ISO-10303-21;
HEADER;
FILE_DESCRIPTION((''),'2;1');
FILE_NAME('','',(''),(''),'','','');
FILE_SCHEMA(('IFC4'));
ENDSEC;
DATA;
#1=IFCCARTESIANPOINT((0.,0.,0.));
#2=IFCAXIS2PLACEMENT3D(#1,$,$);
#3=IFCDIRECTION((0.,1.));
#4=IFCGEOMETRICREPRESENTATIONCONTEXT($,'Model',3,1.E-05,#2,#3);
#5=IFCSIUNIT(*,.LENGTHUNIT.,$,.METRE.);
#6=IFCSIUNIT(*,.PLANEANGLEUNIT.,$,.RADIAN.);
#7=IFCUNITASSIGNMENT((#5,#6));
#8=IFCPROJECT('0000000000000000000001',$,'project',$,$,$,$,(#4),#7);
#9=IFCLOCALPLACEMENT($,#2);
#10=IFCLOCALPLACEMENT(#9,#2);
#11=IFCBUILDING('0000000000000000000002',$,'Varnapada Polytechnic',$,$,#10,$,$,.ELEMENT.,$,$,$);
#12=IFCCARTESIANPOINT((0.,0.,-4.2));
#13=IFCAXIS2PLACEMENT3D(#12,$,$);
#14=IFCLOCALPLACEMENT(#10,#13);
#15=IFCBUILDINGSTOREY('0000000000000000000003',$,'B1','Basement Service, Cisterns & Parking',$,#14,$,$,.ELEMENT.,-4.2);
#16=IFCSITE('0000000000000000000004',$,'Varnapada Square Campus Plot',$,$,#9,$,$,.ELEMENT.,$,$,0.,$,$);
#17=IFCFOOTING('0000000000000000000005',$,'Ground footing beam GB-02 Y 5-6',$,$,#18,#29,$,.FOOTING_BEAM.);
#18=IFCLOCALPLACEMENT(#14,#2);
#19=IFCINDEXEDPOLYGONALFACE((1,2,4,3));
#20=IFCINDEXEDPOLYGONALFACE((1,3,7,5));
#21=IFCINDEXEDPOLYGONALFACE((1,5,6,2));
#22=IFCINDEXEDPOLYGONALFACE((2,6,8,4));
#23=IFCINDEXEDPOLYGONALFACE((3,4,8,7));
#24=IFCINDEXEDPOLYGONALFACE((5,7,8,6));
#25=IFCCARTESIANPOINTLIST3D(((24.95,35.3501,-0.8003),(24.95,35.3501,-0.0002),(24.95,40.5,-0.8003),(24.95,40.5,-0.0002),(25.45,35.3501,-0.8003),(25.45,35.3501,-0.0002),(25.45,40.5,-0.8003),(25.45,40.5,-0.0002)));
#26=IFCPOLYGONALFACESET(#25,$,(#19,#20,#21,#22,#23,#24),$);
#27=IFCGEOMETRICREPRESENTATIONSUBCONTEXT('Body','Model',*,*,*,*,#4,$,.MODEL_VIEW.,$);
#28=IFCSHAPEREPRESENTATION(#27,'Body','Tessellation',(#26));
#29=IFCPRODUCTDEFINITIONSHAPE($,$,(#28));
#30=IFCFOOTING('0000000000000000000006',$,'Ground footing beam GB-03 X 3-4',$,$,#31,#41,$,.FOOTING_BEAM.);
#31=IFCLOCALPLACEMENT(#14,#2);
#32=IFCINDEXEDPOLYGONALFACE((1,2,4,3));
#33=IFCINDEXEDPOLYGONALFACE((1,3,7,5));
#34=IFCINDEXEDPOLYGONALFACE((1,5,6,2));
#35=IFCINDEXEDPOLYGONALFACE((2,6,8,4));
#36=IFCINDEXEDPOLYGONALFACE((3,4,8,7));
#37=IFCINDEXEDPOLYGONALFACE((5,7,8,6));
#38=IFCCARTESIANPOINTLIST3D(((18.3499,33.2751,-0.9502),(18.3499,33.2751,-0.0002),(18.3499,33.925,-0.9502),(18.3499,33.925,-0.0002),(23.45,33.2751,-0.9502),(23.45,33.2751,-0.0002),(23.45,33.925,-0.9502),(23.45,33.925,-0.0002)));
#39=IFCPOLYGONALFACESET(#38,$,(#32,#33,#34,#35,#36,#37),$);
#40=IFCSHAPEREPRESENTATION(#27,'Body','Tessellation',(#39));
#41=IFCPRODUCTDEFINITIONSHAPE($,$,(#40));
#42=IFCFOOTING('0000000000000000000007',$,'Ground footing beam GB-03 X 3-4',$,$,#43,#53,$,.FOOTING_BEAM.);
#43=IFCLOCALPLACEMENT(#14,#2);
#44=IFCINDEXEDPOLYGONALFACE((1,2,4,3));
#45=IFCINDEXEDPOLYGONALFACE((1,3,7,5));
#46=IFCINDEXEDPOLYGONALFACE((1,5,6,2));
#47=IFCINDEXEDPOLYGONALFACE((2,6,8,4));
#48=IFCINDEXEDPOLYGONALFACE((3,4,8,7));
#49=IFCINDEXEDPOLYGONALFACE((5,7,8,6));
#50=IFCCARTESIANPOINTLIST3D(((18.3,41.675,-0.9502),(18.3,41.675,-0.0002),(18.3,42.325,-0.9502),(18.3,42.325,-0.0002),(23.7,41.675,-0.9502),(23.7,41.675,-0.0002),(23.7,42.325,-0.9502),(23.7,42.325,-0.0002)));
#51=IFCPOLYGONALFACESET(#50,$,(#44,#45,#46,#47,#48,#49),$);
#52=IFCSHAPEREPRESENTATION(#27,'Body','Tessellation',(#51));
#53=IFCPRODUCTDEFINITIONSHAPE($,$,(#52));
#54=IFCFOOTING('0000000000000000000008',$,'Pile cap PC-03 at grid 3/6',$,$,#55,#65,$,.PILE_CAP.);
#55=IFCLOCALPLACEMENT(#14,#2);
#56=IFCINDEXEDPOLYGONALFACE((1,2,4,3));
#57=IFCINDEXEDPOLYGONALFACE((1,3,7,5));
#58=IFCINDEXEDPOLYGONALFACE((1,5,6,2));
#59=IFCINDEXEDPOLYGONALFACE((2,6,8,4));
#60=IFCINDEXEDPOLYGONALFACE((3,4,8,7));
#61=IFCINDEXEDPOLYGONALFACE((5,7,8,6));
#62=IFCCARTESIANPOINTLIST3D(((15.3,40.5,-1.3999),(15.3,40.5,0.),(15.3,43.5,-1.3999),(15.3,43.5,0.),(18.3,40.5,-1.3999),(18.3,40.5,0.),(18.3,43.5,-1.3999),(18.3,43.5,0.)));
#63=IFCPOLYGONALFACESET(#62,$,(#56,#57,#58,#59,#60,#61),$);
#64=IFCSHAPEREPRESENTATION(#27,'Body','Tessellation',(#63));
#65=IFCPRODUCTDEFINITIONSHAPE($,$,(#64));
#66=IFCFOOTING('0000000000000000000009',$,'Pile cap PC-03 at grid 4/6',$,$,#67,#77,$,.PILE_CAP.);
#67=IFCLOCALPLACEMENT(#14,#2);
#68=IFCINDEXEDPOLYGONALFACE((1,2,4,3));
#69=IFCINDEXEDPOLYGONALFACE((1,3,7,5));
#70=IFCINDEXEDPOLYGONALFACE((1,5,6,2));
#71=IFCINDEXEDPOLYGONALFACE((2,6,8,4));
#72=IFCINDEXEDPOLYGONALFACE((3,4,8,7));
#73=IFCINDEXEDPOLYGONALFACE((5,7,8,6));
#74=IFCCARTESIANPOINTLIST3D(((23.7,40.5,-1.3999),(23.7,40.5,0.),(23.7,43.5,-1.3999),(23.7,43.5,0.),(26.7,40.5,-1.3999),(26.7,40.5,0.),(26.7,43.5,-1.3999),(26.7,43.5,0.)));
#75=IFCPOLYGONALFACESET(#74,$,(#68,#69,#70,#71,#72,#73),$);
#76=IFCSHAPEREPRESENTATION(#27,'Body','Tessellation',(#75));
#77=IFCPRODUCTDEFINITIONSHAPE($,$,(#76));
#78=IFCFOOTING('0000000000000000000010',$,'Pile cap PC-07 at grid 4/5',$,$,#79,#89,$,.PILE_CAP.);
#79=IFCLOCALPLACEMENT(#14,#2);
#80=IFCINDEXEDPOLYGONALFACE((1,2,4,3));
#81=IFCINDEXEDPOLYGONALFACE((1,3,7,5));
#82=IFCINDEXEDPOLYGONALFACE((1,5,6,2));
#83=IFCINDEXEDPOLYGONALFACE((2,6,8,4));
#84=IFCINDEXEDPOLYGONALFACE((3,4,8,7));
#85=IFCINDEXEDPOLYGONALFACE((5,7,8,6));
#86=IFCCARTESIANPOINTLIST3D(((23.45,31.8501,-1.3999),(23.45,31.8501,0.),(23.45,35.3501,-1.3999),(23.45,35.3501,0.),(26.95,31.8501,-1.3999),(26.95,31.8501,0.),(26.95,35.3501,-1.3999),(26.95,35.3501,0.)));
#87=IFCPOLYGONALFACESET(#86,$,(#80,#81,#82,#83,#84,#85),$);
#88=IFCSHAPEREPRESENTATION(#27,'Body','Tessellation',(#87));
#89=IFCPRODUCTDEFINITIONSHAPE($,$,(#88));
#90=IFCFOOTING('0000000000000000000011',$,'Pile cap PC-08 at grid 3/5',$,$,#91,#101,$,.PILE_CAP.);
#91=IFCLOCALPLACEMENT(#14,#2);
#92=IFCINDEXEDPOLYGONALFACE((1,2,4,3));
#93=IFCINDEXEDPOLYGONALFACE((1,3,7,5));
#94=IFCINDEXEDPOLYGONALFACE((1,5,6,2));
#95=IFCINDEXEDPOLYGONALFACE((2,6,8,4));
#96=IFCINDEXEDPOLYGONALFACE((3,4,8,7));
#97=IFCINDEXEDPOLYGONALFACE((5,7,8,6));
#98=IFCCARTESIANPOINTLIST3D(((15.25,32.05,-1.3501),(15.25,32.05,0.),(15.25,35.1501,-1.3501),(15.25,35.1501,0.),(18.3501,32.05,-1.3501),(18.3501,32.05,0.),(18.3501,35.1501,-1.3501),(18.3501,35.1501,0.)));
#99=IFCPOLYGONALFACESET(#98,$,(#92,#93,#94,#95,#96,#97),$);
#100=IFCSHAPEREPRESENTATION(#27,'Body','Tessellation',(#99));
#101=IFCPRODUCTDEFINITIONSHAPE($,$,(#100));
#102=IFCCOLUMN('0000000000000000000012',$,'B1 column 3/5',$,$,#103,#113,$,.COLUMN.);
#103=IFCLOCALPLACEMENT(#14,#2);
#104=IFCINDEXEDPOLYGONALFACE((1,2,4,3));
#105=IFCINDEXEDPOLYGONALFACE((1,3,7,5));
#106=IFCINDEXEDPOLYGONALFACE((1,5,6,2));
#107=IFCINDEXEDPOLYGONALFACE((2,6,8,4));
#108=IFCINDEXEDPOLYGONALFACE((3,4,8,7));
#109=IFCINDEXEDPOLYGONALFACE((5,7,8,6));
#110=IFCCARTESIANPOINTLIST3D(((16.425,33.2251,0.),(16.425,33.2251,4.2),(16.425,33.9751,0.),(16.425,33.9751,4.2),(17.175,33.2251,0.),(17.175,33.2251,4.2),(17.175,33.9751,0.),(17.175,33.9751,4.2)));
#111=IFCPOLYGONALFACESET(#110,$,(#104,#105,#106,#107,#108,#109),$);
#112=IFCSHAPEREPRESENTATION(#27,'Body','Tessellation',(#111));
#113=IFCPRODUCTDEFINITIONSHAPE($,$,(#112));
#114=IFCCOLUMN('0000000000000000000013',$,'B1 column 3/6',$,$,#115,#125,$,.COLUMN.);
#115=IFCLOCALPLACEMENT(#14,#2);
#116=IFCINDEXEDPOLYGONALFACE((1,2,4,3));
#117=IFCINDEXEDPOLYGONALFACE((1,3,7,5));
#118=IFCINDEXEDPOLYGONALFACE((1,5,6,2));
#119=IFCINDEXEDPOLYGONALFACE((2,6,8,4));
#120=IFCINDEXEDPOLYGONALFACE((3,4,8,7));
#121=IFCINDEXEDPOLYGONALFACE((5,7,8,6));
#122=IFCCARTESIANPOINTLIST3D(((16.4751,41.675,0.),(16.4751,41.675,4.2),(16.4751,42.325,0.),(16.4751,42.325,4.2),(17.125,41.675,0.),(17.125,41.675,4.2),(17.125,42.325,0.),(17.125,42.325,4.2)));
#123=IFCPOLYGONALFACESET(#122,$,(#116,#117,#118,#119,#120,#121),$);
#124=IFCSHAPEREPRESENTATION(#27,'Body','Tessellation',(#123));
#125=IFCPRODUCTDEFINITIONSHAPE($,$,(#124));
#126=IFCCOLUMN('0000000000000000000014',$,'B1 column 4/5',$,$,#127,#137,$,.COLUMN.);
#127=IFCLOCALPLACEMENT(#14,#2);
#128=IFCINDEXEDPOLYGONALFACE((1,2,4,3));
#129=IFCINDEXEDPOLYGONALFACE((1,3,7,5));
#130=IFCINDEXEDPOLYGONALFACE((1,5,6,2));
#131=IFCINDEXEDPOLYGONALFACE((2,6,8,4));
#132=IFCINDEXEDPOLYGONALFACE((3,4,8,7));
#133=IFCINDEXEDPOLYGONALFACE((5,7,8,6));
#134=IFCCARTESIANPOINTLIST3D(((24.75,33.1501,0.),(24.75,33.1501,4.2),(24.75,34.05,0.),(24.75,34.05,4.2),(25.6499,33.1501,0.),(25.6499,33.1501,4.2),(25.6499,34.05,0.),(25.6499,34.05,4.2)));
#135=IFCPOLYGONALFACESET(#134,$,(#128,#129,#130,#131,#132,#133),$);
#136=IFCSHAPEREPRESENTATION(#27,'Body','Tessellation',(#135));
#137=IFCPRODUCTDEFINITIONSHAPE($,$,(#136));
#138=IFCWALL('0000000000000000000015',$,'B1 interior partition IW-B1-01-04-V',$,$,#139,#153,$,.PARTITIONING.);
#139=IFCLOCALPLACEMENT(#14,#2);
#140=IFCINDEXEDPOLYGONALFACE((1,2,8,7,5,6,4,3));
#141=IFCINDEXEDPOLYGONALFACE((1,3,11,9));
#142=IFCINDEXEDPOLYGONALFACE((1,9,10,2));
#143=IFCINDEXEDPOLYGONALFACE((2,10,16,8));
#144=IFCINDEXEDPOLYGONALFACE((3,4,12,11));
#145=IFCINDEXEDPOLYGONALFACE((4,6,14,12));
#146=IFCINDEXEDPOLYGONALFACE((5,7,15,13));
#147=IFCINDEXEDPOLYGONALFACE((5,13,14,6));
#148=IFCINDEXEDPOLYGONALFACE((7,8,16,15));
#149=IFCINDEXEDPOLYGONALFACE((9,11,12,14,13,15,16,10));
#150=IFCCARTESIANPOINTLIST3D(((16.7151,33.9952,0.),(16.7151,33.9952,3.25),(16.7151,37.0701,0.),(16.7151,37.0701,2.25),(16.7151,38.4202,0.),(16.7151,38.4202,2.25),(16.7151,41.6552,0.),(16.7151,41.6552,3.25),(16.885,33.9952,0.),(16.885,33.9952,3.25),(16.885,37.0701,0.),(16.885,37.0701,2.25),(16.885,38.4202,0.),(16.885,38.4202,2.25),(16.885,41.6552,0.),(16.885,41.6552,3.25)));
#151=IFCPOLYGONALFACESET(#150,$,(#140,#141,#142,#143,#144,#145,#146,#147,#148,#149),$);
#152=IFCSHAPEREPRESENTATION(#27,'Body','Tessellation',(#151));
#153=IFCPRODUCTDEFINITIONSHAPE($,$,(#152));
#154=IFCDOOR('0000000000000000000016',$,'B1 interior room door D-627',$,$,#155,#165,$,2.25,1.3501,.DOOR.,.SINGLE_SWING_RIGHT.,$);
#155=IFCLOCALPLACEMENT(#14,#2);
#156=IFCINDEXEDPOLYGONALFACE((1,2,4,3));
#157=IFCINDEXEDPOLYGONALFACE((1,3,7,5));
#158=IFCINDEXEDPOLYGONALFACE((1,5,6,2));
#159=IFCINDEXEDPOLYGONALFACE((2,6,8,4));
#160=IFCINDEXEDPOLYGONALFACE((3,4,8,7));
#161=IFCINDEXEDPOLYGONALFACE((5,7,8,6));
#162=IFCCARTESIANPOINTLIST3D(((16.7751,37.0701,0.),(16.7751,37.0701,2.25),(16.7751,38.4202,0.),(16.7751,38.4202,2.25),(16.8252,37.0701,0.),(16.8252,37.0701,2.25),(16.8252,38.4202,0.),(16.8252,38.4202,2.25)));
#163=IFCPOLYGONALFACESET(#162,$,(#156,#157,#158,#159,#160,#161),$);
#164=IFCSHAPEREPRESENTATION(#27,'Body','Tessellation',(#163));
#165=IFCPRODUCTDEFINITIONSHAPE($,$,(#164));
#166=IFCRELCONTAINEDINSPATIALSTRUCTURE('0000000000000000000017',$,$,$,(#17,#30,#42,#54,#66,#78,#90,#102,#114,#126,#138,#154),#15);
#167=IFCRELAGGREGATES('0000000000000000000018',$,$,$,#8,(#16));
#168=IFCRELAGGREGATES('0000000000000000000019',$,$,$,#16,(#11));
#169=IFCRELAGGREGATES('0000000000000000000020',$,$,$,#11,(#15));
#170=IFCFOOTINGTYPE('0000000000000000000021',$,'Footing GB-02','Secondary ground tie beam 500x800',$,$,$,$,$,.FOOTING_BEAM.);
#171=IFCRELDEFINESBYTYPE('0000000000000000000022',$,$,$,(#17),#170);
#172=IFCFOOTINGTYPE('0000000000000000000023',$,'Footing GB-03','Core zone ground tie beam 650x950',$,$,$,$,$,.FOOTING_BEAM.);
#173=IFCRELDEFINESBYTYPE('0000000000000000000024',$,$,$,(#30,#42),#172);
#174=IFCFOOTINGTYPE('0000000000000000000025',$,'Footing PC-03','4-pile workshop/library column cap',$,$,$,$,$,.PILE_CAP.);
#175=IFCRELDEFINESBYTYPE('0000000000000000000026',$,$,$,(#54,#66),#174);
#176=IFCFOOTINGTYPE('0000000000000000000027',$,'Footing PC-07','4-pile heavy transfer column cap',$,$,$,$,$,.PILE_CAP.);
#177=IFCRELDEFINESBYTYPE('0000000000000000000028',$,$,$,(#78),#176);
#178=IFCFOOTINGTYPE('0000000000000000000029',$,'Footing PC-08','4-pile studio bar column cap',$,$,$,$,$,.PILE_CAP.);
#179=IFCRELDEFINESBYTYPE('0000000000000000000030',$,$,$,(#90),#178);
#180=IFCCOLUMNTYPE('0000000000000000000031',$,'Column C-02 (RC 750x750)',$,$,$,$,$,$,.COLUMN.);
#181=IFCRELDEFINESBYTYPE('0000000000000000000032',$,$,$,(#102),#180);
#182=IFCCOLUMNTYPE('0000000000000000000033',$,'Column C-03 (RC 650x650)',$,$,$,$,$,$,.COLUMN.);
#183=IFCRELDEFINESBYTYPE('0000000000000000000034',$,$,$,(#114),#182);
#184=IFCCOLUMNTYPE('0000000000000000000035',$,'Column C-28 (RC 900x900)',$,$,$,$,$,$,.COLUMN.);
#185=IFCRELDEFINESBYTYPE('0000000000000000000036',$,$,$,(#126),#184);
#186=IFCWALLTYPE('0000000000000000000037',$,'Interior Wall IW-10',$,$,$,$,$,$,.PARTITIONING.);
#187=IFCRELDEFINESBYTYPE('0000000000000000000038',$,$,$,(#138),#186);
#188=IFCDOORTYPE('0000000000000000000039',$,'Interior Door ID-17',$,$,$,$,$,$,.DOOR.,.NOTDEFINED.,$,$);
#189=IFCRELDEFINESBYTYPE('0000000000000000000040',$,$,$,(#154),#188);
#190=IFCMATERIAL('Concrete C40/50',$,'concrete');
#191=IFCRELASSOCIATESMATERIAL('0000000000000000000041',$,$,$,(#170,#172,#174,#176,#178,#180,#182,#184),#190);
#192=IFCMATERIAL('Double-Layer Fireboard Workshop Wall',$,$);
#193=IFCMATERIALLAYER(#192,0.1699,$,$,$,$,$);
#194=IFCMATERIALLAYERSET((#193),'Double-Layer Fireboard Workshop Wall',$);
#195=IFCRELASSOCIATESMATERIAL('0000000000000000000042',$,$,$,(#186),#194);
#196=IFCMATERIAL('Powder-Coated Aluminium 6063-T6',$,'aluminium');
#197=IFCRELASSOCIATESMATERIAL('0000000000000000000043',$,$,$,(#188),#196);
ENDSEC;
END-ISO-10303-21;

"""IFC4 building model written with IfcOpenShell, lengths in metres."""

from ifc_helpers import new_model, si_unit, direction, frame, frame_2d, origin, origin_2d, place, context, subcontext, project, spatial, rectangle, extrude, material, layer, layer_set, material_profile, profile_set, type_object, element, fill, save


model = new_model("IFC4")

# Units and contexts
model_context = context("Model", 3, precision=1e-05, world=origin(), true_north=direction((0.0, 1.0)))
body_context = subcontext(model_context, "Body", "Model", "MODEL_VIEW")
ifc_project = project(units=[si_unit("LENGTHUNIT", "METRE"), si_unit("PLANEANGLEUNIT", "RADIAN")], contexts=[model_context])

# Site, building, storey
site_placement = place(None, origin())
site = spatial("IfcSite", under=ifc_project, at=site_placement, Name="Varnapada Square Campus Plot", CompositionType="ELEMENT", RefElevation=0.0)
building_placement = place(site_placement, origin())
building = spatial("IfcBuilding", under=site, at=building_placement, Name="Varnapada Polytechnic", CompositionType="ELEMENT")
storey_placement = place(building_placement, frame((0.0, 0.0, -4.2)))
storey = spatial("IfcBuildingStorey", under=building, at=storey_placement, Name="B1", Description="Basement Service, Cisterns & Parking", CompositionType="ELEMENT", Elevation=-4.2)

# Shared definitions
ifc_material_1 = material(Name="Concrete C40/50", Category="concrete")

# Footings
footing_type_1 = type_object("IfcFootingType", Name="Footing GB-02", Description="Secondary ground tie beam 500x800", PredefinedType="FOOTING_BEAM", material=ifc_material_1)
footing_1_placement = place(storey_placement, frame((25.2, 37.925, -0.8003), z_axis=(0.0, 0.0, 1.0), x_axis=(0.0, 1.0, 0.0)))
element("IfcFooting", 1, at=footing_1_placement, inside=storey, type_object=footing_type_1, Name="Ground footing beam GB-02 Y 5-6", PredefinedType="FOOTING_BEAM", context=body_context, shape_type="SweptSolid", body=[
    extrude(rectangle(XDim=5.1499, YDim=0.5, at=origin_2d()), origin(), (0.0, 0.0, 1.0), 0.8),
])
footing_type_2 = type_object("IfcFootingType", Name="Footing GB-03", Description="Core zone ground tie beam 650x950", PredefinedType="FOOTING_BEAM", material=ifc_material_1)
footing_2_placement = place(storey_placement, frame((20.8999, 33.6001, -0.9502), z_axis=(0.0, 0.0, 1.0), x_axis=(1.0, 0.0, 0.0)))
element("IfcFooting", 2, at=footing_2_placement, inside=storey, type_object=footing_type_2, Name="Ground footing beam GB-03 X 3-4", PredefinedType="FOOTING_BEAM", context=body_context, shape_type="SweptSolid", body=[
    extrude(rectangle(XDim=5.1001, YDim=0.6499, at=origin_2d()), origin(), (0.0, 0.0, 1.0), 0.95),
])
footing_3_placement = place(storey_placement, frame((21.0, 42.0, -0.9502), z_axis=(0.0, 0.0, 1.0), x_axis=(1.0, 0.0, 0.0)))
element("IfcFooting", 3, at=footing_3_placement, inside=storey, type_object=footing_type_2, Name="Ground footing beam GB-03 X 3-4", PredefinedType="FOOTING_BEAM", context=body_context, shape_type="SweptSolid", body=[
    extrude(rectangle(XDim=5.3999, YDim=0.6499, at=origin_2d()), origin(), (0.0, 0.0, 1.0), 0.95),
])
footing_type_3 = type_object("IfcFootingType", Name="Footing PC-03", Description="4-pile workshop/library column cap", PredefinedType="PILE_CAP", material=ifc_material_1)
for number, where, z_axis, x_axis, name in (
    (4, (16.8, 42.0, -1.3999), (0.0, 0.0, 1.0), (1.0, 0.0, 0.0), "Pile cap PC-03 at grid 3/6"),
    (5, (25.2, 42.0, -1.3999), (0.0, 0.0, 1.0), (1.0, 0.0, 0.0), "Pile cap PC-03 at grid 4/6"),
):
    element("IfcFooting", number, at=place(storey_placement, frame(where, z_axis=z_axis, x_axis=x_axis)), inside=storey, type_object=footing_type_3, Name=name, PredefinedType="PILE_CAP", context=body_context, shape_type="SweptSolid", body=[
        extrude(rectangle(XDim=3.0, YDim=3.0, at=origin_2d()), origin(), (0.0, 0.0, 1.0), 1.3999),
    ])
footing_type_4 = type_object("IfcFootingType", Name="Footing PC-07", Description="4-pile heavy transfer column cap", PredefinedType="PILE_CAP", material=ifc_material_1)
footing_4_placement = place(storey_placement, frame((25.2, 33.6001, -1.3999), z_axis=(0.0, 0.0, 1.0), x_axis=(1.0, 0.0, 0.0)))
element("IfcFooting", 6, at=footing_4_placement, inside=storey, type_object=footing_type_4, Name="Pile cap PC-07 at grid 4/5", PredefinedType="PILE_CAP", context=body_context, shape_type="SweptSolid", body=[
    extrude(rectangle(XDim=3.5, YDim=3.5, at=origin_2d()), origin(), (0.0, 0.0, 1.0), 1.3999),
])
footing_type_5 = type_object("IfcFootingType", Name="Footing PC-08", Description="4-pile studio bar column cap", PredefinedType="PILE_CAP", material=ifc_material_1)
footing_5_placement = place(storey_placement, frame((16.8, 33.6001, -1.3501), z_axis=(0.0, 0.0, 1.0), x_axis=(1.0, 0.0, 0.0)))
element("IfcFooting", 7, at=footing_5_placement, inside=storey, type_object=footing_type_5, Name="Pile cap PC-08 at grid 3/5", PredefinedType="PILE_CAP", context=body_context, shape_type="SweptSolid", body=[
    extrude(rectangle(XDim=3.1001, YDim=3.1001, at=origin_2d()), origin(), (0.0, 0.0, 1.0), 1.3501),
])

# Columns
ifc_material_profile_1 = material_profile(ifc_material_1, rectangle(XDim=0.75, YDim=0.75, at=origin_2d()), Name="RC 750x750")
ifc_profile_set_1 = profile_set([ifc_material_profile_1], Name="Concrete C40/50")
column_type_1 = type_object("IfcColumnType", Name="Column C-02 (RC 750x750)", PredefinedType="COLUMN", material=ifc_profile_set_1)
column_1_placement = place(storey_placement, frame((16.8, 33.6001, 0.0), z_axis=(0.0, 0.0, 1.0), x_axis=(1.0, 0.0, 0.0)))
element("IfcColumn", 8, at=column_1_placement, inside=storey, type_object=column_type_1, Name="B1 column 3/5", PredefinedType="COLUMN", context=body_context, shape_type="SweptSolid", body=[
    extrude(rectangle(XDim=0.75, YDim=0.75, at=origin_2d()), origin(), (0.0, 0.0, 1.0), 4.2),
])
ifc_material_profile_2 = material_profile(ifc_material_1, rectangle(XDim=0.6499, YDim=0.6499, at=origin_2d()), Name="RC 650x650")
ifc_profile_set_2 = profile_set([ifc_material_profile_2], Name="Concrete C40/50")
column_type_2 = type_object("IfcColumnType", Name="Column C-03 (RC 650x650)", PredefinedType="COLUMN", material=ifc_profile_set_2)
column_2_placement = place(storey_placement, frame((16.8, 42.0, 0.0), z_axis=(0.0, 0.0, 1.0), x_axis=(1.0, 0.0, 0.0)))
element("IfcColumn", 9, at=column_2_placement, inside=storey, type_object=column_type_2, Name="B1 column 3/6", PredefinedType="COLUMN", context=body_context, shape_type="SweptSolid", body=[
    extrude(rectangle(XDim=0.6499, YDim=0.6499, at=origin_2d()), origin(), (0.0, 0.0, 1.0), 4.2),
])
ifc_material_profile_3 = material_profile(ifc_material_1, rectangle(XDim=0.8999, YDim=0.8999, at=origin_2d()), Name="RC 900x900")
ifc_profile_set_3 = profile_set([ifc_material_profile_3], Name="Concrete C40/50")
column_type_3 = type_object("IfcColumnType", Name="Column C-28 (RC 900x900)", PredefinedType="COLUMN", material=ifc_profile_set_3)
column_3_placement = place(storey_placement, frame((25.2, 33.6001, 0.0), z_axis=(0.0, 0.0, 1.0), x_axis=(1.0, 0.0, 0.0)))
element("IfcColumn", 10, at=column_3_placement, inside=storey, type_object=column_type_3, Name="B1 column 4/5", PredefinedType="COLUMN", context=body_context, shape_type="SweptSolid", body=[
    extrude(rectangle(XDim=0.8999, YDim=0.8999, at=origin_2d()), origin(), (0.0, 0.0, 1.0), 4.2),
])

# Wall, opening, door
ifc_material_2 = material(Name="Double-Layer Fireboard Workshop Wall")
ifc_layer_1 = layer(ifc_material_2, 0.1699)
ifc_layer_set_1 = layer_set([ifc_layer_1], Name="Double-Layer Fireboard Workshop Wall")
wall_type_1 = type_object("IfcWallType", Name="Interior Wall IW-10", PredefinedType="PARTITIONING", material=ifc_layer_set_1)
wall_1_placement = place(storey_placement, frame((16.8, 33.9951, 0.0), z_axis=(0.0, 0.0, 1.0), x_axis=(0.0, 1.0, 0.0)))
wall_1 = element("IfcWall", 11, at=wall_1_placement, inside=storey, type_object=wall_type_1, Name="B1 interior partition IW-B1-01-04-V", PredefinedType="PARTITIONING", context=body_context, shape_type="SweptSolid", body=[
    extrude(rectangle(XDim=7.6599, YDim=0.1699, at=frame_2d((3.8301, 0.0))), origin(), (0.0, 0.0, 1.0), 3.25),
])
opening_1_placement = place(wall_1_placement, frame((3.075, 0.0, 0.0)))
opening_1 = element("IfcOpeningElement", 12, at=opening_1_placement, cuts=wall_1, PredefinedType="OPENING", context=body_context, shape_type="SweptSolid", body=[
    extrude(rectangle(XDim=1.3501, YDim=2.25, at=frame_2d((0.675, 1.125))), frame((0.0, 0.095, 0.0), z_axis=(0.0, -1.0, 0.0), x_axis=(1.0, 0.0, 0.0)), (0.0, 0.0, 1.0), 0.1899),
])
ifc_material_3 = material(Name="Powder-Coated Aluminium 6063-T6", Category="aluminium")
door_type_1 = type_object("IfcDoorType", Name="Interior Door ID-17", OperationType="NOTDEFINED", PredefinedType="DOOR", material=ifc_material_3)
door_1_placement = place(opening_1_placement, origin())
door_1 = element("IfcDoor", 13, at=door_1_placement, inside=storey, type_object=door_type_1, Name="B1 interior room door D-627", OperationType="SINGLE_SWING_RIGHT", OverallHeight=2.25, OverallWidth=1.3501, PredefinedType="DOOR", context=body_context, shape_type="SweptSolid", body=[
    extrude(rectangle(XDim=1.3501, YDim=2.25, at=frame_2d((0.675, 1.125))), frame((0.0, 0.0249, 0.0), z_axis=(0.0, -1.0, 0.0), x_axis=(1.0, 0.0, 0.0)), (0.0, 0.0, 1.0), 0.05),
])
fill(opening_1, door_1)

save(model, "model.ifc")
